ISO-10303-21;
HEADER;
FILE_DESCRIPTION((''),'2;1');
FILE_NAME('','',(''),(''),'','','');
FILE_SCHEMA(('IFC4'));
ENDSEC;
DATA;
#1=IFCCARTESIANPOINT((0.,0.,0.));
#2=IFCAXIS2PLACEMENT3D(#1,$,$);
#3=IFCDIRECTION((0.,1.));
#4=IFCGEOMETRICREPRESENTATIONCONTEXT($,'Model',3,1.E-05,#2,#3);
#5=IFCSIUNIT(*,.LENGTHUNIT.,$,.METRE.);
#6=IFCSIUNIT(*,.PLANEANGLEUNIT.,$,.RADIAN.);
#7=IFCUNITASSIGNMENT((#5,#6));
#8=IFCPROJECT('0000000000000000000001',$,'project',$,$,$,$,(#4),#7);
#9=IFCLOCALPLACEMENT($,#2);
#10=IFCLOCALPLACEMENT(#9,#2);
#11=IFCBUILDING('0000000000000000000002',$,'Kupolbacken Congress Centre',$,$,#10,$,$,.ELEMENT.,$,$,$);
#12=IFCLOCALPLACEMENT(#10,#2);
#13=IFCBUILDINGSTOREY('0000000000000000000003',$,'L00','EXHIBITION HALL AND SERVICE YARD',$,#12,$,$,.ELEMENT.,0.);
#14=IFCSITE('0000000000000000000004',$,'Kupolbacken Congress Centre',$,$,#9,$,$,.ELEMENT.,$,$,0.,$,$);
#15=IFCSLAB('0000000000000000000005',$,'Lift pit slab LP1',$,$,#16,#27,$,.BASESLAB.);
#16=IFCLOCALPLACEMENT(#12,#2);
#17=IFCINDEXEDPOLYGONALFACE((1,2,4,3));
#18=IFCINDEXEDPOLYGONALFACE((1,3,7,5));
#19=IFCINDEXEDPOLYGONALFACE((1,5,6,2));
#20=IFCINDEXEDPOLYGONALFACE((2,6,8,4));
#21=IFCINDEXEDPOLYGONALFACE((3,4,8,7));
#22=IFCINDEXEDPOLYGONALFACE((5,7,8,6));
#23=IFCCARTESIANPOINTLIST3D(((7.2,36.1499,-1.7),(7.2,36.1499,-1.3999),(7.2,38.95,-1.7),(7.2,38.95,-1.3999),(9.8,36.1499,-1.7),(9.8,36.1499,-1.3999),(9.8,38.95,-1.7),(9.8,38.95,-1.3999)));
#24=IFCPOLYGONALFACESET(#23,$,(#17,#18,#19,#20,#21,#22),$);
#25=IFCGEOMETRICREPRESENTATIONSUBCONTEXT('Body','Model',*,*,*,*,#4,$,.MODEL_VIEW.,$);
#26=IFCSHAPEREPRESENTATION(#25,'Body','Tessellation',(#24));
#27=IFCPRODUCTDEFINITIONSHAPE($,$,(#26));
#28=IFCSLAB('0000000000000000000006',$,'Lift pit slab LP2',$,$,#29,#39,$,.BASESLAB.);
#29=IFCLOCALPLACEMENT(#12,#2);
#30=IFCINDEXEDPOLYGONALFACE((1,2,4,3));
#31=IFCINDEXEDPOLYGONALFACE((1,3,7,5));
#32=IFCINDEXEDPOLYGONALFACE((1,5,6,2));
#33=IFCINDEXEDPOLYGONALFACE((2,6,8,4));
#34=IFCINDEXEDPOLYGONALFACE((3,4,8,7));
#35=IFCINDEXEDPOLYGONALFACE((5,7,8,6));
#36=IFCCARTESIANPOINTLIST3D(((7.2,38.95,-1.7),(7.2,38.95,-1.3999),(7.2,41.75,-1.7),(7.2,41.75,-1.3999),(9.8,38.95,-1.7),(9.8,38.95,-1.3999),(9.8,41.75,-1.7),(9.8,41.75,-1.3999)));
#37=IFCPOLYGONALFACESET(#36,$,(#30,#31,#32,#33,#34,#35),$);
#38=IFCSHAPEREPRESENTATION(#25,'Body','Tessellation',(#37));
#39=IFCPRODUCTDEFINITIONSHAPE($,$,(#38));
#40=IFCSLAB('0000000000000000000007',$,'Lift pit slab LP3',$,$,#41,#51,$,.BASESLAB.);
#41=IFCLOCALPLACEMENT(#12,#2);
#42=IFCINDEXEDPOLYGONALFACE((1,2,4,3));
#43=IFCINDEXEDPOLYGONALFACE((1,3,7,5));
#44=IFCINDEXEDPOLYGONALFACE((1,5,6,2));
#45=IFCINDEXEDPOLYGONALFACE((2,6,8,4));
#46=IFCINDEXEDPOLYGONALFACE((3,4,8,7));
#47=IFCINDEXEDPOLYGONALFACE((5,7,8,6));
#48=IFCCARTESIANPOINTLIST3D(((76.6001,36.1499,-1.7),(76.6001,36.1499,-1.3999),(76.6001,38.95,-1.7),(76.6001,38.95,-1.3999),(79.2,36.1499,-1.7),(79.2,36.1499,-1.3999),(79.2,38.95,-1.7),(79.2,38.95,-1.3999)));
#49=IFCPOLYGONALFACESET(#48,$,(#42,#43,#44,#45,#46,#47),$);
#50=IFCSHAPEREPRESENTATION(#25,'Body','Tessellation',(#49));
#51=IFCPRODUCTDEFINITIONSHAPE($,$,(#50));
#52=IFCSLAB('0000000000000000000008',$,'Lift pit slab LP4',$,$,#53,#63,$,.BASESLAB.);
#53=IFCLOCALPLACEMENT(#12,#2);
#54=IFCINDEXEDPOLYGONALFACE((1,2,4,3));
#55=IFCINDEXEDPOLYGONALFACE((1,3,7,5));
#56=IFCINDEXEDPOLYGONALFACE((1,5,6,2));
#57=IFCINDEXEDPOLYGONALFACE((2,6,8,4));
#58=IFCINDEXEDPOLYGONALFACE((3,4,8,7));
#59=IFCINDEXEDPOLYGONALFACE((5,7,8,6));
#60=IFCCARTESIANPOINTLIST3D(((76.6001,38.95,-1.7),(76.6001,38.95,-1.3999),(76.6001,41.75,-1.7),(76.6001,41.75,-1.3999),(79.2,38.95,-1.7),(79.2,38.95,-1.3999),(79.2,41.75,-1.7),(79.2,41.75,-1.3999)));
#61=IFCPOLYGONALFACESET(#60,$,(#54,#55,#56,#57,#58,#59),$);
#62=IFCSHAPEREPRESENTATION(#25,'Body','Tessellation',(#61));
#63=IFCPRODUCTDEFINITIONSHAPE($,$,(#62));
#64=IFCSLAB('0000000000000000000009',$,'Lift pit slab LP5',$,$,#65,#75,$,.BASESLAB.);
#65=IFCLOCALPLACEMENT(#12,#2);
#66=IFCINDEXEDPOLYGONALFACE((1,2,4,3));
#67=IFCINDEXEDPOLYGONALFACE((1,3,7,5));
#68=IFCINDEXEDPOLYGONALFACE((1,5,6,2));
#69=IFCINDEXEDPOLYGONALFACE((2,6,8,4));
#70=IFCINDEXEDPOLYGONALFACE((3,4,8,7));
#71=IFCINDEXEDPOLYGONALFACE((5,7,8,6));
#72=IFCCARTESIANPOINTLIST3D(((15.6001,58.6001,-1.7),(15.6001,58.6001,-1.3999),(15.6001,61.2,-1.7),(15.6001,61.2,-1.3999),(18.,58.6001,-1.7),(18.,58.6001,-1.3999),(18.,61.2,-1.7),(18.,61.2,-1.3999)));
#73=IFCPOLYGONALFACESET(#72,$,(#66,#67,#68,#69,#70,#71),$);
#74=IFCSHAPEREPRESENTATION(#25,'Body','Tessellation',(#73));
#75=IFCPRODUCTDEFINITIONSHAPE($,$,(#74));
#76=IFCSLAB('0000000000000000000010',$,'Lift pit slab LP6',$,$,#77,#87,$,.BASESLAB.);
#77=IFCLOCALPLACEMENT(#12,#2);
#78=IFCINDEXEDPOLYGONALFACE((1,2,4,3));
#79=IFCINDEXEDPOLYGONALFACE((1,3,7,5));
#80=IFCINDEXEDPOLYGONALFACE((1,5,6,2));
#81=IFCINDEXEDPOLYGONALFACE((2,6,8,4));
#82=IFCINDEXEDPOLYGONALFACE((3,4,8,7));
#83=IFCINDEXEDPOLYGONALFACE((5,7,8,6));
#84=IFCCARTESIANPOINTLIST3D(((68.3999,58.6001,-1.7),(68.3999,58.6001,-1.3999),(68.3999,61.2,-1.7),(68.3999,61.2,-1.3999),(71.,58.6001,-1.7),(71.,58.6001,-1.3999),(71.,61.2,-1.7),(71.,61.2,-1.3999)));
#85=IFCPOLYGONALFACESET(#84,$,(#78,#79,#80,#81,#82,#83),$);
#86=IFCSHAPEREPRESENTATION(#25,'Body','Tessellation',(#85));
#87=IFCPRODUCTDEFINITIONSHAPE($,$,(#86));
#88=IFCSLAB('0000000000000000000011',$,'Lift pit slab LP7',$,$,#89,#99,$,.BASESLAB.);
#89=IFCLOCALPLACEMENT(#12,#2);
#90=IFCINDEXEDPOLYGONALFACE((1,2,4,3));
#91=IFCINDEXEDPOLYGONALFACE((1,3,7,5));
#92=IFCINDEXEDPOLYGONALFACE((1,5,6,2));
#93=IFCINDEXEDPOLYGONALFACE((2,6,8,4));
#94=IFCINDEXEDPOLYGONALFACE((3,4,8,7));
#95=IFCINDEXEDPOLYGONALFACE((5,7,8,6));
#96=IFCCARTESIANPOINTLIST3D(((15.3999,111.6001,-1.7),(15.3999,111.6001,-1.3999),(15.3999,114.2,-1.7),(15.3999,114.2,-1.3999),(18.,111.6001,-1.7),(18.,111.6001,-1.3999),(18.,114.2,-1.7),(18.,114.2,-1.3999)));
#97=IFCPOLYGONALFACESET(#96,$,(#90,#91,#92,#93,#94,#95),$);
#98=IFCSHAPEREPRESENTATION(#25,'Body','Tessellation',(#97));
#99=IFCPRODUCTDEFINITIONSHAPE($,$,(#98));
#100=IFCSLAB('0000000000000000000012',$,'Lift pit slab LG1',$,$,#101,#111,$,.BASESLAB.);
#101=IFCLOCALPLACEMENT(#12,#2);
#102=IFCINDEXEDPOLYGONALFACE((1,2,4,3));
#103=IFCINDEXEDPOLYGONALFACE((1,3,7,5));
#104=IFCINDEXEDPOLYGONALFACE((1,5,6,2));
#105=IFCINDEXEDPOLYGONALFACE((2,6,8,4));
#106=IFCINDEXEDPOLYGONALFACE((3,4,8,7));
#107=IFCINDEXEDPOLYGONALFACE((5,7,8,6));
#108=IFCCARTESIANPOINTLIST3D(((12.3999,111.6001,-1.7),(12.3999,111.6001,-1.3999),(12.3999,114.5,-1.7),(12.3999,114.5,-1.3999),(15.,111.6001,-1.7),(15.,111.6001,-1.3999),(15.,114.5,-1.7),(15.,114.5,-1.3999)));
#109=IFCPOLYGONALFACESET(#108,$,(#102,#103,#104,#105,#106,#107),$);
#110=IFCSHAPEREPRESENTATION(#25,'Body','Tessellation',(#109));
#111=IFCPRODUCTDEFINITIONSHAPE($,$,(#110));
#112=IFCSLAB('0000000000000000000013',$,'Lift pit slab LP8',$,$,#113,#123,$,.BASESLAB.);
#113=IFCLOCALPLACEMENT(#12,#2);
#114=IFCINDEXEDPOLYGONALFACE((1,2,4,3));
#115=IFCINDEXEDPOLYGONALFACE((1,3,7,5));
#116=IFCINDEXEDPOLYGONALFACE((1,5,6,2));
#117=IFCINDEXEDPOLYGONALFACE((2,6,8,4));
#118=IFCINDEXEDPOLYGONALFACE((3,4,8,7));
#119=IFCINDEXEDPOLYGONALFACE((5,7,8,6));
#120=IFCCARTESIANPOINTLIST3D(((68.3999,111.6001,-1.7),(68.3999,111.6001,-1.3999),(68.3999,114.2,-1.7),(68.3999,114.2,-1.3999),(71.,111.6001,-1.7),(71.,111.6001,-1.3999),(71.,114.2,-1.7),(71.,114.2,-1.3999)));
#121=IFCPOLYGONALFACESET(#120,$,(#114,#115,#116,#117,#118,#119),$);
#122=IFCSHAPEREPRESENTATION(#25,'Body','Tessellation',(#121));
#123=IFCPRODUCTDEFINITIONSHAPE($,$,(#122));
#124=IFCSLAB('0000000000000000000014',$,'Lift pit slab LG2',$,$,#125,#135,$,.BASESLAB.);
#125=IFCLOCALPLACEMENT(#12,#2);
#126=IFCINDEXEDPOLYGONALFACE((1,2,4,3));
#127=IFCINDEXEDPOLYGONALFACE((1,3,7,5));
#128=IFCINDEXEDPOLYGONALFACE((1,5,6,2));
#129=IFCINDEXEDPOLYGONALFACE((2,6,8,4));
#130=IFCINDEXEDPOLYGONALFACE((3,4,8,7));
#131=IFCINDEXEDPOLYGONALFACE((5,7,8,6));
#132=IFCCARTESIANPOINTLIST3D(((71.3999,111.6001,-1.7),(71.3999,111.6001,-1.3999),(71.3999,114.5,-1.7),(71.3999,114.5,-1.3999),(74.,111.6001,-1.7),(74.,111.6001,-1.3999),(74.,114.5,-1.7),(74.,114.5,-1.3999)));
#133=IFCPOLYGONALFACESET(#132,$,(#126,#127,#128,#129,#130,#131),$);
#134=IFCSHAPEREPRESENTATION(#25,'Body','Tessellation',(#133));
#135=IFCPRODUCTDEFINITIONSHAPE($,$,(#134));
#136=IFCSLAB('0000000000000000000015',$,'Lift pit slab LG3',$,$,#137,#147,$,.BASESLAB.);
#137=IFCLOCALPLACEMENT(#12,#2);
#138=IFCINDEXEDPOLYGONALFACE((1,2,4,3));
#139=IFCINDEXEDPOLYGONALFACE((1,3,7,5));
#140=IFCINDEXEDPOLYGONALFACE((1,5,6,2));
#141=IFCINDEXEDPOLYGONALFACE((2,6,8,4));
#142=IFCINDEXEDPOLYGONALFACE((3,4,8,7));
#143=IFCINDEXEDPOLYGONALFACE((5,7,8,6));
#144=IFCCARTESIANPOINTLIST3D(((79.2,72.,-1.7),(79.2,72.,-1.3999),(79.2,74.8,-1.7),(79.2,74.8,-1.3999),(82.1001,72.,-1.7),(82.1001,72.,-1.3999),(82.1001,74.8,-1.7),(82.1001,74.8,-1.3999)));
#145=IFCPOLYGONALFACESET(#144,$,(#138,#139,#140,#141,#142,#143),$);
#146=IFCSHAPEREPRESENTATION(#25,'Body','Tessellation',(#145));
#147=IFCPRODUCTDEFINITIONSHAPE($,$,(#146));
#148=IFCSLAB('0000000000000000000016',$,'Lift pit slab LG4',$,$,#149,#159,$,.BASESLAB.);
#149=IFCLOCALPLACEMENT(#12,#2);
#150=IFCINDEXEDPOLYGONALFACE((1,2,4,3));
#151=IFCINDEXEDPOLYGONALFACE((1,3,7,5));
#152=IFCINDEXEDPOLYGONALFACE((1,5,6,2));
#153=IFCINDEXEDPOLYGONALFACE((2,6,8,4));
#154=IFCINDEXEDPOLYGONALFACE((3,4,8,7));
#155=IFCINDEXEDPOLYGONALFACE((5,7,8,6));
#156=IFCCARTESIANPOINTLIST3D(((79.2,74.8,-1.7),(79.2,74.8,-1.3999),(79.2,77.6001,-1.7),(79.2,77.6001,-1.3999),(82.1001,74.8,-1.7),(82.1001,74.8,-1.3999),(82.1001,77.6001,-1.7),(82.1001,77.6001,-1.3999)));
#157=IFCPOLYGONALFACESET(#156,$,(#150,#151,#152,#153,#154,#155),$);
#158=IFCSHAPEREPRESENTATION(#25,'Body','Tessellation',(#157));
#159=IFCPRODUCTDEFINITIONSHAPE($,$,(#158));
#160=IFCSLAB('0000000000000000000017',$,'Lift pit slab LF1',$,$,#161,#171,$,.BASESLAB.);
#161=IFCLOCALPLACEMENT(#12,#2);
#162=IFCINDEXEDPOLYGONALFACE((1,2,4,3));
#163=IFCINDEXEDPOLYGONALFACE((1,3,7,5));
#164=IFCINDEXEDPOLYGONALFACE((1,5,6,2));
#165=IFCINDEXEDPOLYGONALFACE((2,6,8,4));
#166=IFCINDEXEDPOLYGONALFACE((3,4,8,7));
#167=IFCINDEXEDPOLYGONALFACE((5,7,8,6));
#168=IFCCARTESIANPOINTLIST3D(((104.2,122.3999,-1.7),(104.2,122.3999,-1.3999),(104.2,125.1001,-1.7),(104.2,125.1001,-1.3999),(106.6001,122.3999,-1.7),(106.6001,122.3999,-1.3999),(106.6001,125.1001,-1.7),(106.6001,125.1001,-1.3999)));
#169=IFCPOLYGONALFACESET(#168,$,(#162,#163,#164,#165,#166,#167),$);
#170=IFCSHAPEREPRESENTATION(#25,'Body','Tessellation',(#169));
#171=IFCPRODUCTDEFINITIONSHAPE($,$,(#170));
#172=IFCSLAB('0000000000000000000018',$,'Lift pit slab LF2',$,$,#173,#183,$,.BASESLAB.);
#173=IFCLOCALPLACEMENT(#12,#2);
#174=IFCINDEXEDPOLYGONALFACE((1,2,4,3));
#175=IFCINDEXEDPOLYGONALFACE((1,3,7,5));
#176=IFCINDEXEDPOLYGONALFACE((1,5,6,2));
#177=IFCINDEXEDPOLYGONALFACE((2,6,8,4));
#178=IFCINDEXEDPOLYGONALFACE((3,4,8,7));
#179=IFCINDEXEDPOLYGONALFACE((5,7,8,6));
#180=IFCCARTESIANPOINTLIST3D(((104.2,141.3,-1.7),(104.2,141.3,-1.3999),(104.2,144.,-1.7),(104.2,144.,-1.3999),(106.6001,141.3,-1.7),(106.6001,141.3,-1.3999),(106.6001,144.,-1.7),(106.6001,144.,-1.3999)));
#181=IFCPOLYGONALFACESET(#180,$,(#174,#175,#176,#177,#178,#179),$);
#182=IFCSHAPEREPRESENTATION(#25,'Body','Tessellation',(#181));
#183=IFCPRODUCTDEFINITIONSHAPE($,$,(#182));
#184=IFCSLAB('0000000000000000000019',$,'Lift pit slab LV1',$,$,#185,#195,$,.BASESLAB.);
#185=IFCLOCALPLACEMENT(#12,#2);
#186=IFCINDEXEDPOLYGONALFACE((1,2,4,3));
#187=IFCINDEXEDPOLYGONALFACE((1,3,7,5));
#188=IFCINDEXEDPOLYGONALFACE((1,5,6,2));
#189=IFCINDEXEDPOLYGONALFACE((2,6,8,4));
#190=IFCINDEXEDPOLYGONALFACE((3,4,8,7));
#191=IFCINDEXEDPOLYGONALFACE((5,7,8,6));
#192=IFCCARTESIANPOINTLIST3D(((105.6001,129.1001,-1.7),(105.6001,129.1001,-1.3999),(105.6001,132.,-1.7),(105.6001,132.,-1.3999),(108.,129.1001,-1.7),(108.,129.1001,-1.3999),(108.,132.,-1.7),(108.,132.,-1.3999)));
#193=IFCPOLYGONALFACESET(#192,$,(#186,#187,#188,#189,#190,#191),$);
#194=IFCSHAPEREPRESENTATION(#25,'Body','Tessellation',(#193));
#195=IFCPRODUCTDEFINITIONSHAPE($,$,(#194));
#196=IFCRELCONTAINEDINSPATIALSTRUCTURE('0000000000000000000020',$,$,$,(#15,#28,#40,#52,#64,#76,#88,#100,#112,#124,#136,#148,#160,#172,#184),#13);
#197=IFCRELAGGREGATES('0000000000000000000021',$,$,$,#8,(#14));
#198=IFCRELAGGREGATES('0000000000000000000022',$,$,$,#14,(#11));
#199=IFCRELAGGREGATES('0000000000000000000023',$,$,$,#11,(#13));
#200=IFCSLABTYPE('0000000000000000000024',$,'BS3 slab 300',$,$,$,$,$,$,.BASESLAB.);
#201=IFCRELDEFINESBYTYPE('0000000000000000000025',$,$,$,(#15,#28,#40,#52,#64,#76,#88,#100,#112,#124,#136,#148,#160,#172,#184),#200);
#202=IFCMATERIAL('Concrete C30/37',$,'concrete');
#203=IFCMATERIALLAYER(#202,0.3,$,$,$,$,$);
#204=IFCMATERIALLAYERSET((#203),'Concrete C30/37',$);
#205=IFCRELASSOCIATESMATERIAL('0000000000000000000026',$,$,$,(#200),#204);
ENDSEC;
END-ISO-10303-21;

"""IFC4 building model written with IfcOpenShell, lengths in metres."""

from ifc_helpers import new_model, si_unit, direction, frame, origin, place, context, subcontext, project, spatial, polyline, outline, extrude, material, layer, layer_set, type_object, element, save


model = new_model("IFC4")

# Units and contexts
model_context = context("Model", 3, precision=1e-05, world=origin(), true_north=direction((0.0, 1.0)))
body_context = subcontext(model_context, "Body", "Model", "MODEL_VIEW")
ifc_project = project(units=[si_unit("LENGTHUNIT", "METRE"), si_unit("PLANEANGLEUNIT", "RADIAN")], contexts=[model_context])

# Site, building, storey
site_placement = place(None, origin())
site = spatial("IfcSite", under=ifc_project, at=site_placement, Name="Kupolbacken Congress Centre", CompositionType="ELEMENT", RefElevation=0.0)
building_placement = place(site_placement, origin())
building = spatial("IfcBuilding", under=site, at=building_placement, Name="Kupolbacken Congress Centre", CompositionType="ELEMENT")
storey_placement = place(building_placement, origin())
storey = spatial("IfcBuildingStorey", under=building, at=storey_placement, Name="L00", Description="EXHIBITION HALL AND SERVICE YARD", CompositionType="ELEMENT", Elevation=0.0)

# Slabs
ifc_material_1 = material(Name="Concrete C30/37", Category="concrete")
ifc_layer_1 = layer(ifc_material_1, 0.3)
ifc_layer_set_1 = layer_set([ifc_layer_1], Name="Concrete C30/37")
slab_type_1 = type_object("IfcSlabType", Name="BS3 slab 300", PredefinedType="BASESLAB", material=ifc_layer_set_1)
slab_1_placement = place(storey_placement, frame((0.0, 0.0, -1.7)))
element("IfcSlab", 1, at=slab_1_placement, inside=storey, type_object=slab_type_1, Name="Lift pit slab LP1", PredefinedType="BASESLAB", context=body_context, shape_type="SweptSolid", body=[
    extrude(outline(polyline([(7.2, 36.1499), (9.8, 36.1499), (9.8, 38.95), (7.2, 38.95), (7.2, 36.1499)])), origin(), (0.0, 0.0, 1.0), 0.3),
])
slab_2_placement = place(storey_placement, frame((0.0, 0.0, -1.7)))
element("IfcSlab", 2, at=slab_2_placement, inside=storey, type_object=slab_type_1, Name="Lift pit slab LP2", PredefinedType="BASESLAB", context=body_context, shape_type="SweptSolid", body=[
    extrude(outline(polyline([(7.2, 38.95), (9.8, 38.95), (9.8, 41.75), (7.2, 41.75), (7.2, 38.95)])), origin(), (0.0, 0.0, 1.0), 0.3),
])
slab_3_placement = place(storey_placement, frame((0.0, 0.0, -1.7)))
element("IfcSlab", 3, at=slab_3_placement, inside=storey, type_object=slab_type_1, Name="Lift pit slab LP3", PredefinedType="BASESLAB", context=body_context, shape_type="SweptSolid", body=[
    extrude(outline(polyline([(76.6001, 36.1499), (79.2, 36.1499), (79.2, 38.95), (76.6001, 38.95), (76.6001, 36.1499)])), origin(), (0.0, 0.0, 1.0), 0.3),
])
slab_4_placement = place(storey_placement, frame((0.0, 0.0, -1.7)))
element("IfcSlab", 4, at=slab_4_placement, inside=storey, type_object=slab_type_1, Name="Lift pit slab LP4", PredefinedType="BASESLAB", context=body_context, shape_type="SweptSolid", body=[
    extrude(outline(polyline([(76.6001, 38.95), (79.2, 38.95), (79.2, 41.75), (76.6001, 41.75), (76.6001, 38.95)])), origin(), (0.0, 0.0, 1.0), 0.3),
])
slab_5_placement = place(storey_placement, frame((0.0, 0.0, -1.7)))
element("IfcSlab", 5, at=slab_5_placement, inside=storey, type_object=slab_type_1, Name="Lift pit slab LP5", PredefinedType="BASESLAB", context=body_context, shape_type="SweptSolid", body=[
    extrude(outline(polyline([(15.6001, 58.6001), (18.0, 58.6001), (18.0, 61.2), (15.6001, 61.2), (15.6001, 58.6001)])), origin(), (0.0, 0.0, 1.0), 0.3),
])
slab_6_placement = place(storey_placement, frame((0.0, 0.0, -1.7)))
element("IfcSlab", 6, at=slab_6_placement, inside=storey, type_object=slab_type_1, Name="Lift pit slab LP6", PredefinedType="BASESLAB", context=body_context, shape_type="SweptSolid", body=[
    extrude(outline(polyline([(68.3999, 58.6001), (71.0, 58.6001), (71.0, 61.2), (68.3999, 61.2), (68.3999, 58.6001)])), origin(), (0.0, 0.0, 1.0), 0.3),
])
slab_7_placement = place(storey_placement, frame((0.0, 0.0, -1.7)))
element("IfcSlab", 7, at=slab_7_placement, inside=storey, type_object=slab_type_1, Name="Lift pit slab LP7", PredefinedType="BASESLAB", context=body_context, shape_type="SweptSolid", body=[
    extrude(outline(polyline([(15.3999, 111.6001), (18.0, 111.6001), (18.0, 114.2), (15.3999, 114.2), (15.3999, 111.6001)])), origin(), (0.0, 0.0, 1.0), 0.3),
])
slab_8_placement = place(storey_placement, frame((0.0, 0.0, -1.7)))
element("IfcSlab", 8, at=slab_8_placement, inside=storey, type_object=slab_type_1, Name="Lift pit slab LG1", PredefinedType="BASESLAB", context=body_context, shape_type="SweptSolid", body=[
    extrude(outline(polyline([(12.3999, 111.6001), (15.0, 111.6001), (15.0, 114.5), (12.3999, 114.5), (12.3999, 111.6001)])), origin(), (0.0, 0.0, 1.0), 0.3),
])
slab_9_placement = place(storey_placement, frame((0.0, 0.0, -1.7)))
element("IfcSlab", 9, at=slab_9_placement, inside=storey, type_object=slab_type_1, Name="Lift pit slab LP8", PredefinedType="BASESLAB", context=body_context, shape_type="SweptSolid", body=[
    extrude(outline(polyline([(68.3999, 111.6001), (71.0, 111.6001), (71.0, 114.2), (68.3999, 114.2), (68.3999, 111.6001)])), origin(), (0.0, 0.0, 1.0), 0.3),
])
slab_10_placement = place(storey_placement, frame((0.0, 0.0, -1.7)))
element("IfcSlab", 10, at=slab_10_placement, inside=storey, type_object=slab_type_1, Name="Lift pit slab LG2", PredefinedType="BASESLAB", context=body_context, shape_type="SweptSolid", body=[
    extrude(outline(polyline([(71.3999, 111.6001), (74.0, 111.6001), (74.0, 114.5), (71.3999, 114.5), (71.3999, 111.6001)])), origin(), (0.0, 0.0, 1.0), 0.3),
])
slab_11_placement = place(storey_placement, frame((0.0, 0.0, -1.7)))
element("IfcSlab", 11, at=slab_11_placement, inside=storey, type_object=slab_type_1, Name="Lift pit slab LG3", PredefinedType="BASESLAB", context=body_context, shape_type="SweptSolid", body=[
    extrude(outline(polyline([(79.2, 72.0), (82.1001, 72.0), (82.1001, 74.8), (79.2, 74.8), (79.2, 72.0)])), origin(), (0.0, 0.0, 1.0), 0.3),
])
slab_12_placement = place(storey_placement, frame((0.0, 0.0, -1.7)))
element("IfcSlab", 12, at=slab_12_placement, inside=storey, type_object=slab_type_1, Name="Lift pit slab LG4", PredefinedType="BASESLAB", context=body_context, shape_type="SweptSolid", body=[
    extrude(outline(polyline([(79.2, 74.8), (82.1001, 74.8), (82.1001, 77.6001), (79.2, 77.6001), (79.2, 74.8)])), origin(), (0.0, 0.0, 1.0), 0.3),
])
slab_13_placement = place(storey_placement, frame((0.0, 0.0, -1.7)))
element("IfcSlab", 13, at=slab_13_placement, inside=storey, type_object=slab_type_1, Name="Lift pit slab LF1", PredefinedType="BASESLAB", context=body_context, shape_type="SweptSolid", body=[
    extrude(outline(polyline([(104.2, 122.3999), (106.6001, 122.3999), (106.6001, 125.1001), (104.2, 125.1001), (104.2, 122.3999)])), origin(), (0.0, 0.0, 1.0), 0.3),
])
slab_14_placement = place(storey_placement, frame((0.0, 0.0, -1.7)))
element("IfcSlab", 14, at=slab_14_placement, inside=storey, type_object=slab_type_1, Name="Lift pit slab LF2", PredefinedType="BASESLAB", context=body_context, shape_type="SweptSolid", body=[
    extrude(outline(polyline([(104.2, 141.3), (106.6001, 141.3), (106.6001, 144.0), (104.2, 144.0), (104.2, 141.3)])), origin(), (0.0, 0.0, 1.0), 0.3),
])
slab_15_placement = place(storey_placement, frame((0.0, 0.0, -1.7)))
element("IfcSlab", 15, at=slab_15_placement, inside=storey, type_object=slab_type_1, Name="Lift pit slab LV1", PredefinedType="BASESLAB", context=body_context, shape_type="SweptSolid", body=[
    extrude(outline(polyline([(105.6001, 129.1001), (108.0, 129.1001), (108.0, 132.0), (105.6001, 132.0), (105.6001, 129.1001)])), origin(), (0.0, 0.0, 1.0), 0.3),
])

save(model, "model.ifc")
